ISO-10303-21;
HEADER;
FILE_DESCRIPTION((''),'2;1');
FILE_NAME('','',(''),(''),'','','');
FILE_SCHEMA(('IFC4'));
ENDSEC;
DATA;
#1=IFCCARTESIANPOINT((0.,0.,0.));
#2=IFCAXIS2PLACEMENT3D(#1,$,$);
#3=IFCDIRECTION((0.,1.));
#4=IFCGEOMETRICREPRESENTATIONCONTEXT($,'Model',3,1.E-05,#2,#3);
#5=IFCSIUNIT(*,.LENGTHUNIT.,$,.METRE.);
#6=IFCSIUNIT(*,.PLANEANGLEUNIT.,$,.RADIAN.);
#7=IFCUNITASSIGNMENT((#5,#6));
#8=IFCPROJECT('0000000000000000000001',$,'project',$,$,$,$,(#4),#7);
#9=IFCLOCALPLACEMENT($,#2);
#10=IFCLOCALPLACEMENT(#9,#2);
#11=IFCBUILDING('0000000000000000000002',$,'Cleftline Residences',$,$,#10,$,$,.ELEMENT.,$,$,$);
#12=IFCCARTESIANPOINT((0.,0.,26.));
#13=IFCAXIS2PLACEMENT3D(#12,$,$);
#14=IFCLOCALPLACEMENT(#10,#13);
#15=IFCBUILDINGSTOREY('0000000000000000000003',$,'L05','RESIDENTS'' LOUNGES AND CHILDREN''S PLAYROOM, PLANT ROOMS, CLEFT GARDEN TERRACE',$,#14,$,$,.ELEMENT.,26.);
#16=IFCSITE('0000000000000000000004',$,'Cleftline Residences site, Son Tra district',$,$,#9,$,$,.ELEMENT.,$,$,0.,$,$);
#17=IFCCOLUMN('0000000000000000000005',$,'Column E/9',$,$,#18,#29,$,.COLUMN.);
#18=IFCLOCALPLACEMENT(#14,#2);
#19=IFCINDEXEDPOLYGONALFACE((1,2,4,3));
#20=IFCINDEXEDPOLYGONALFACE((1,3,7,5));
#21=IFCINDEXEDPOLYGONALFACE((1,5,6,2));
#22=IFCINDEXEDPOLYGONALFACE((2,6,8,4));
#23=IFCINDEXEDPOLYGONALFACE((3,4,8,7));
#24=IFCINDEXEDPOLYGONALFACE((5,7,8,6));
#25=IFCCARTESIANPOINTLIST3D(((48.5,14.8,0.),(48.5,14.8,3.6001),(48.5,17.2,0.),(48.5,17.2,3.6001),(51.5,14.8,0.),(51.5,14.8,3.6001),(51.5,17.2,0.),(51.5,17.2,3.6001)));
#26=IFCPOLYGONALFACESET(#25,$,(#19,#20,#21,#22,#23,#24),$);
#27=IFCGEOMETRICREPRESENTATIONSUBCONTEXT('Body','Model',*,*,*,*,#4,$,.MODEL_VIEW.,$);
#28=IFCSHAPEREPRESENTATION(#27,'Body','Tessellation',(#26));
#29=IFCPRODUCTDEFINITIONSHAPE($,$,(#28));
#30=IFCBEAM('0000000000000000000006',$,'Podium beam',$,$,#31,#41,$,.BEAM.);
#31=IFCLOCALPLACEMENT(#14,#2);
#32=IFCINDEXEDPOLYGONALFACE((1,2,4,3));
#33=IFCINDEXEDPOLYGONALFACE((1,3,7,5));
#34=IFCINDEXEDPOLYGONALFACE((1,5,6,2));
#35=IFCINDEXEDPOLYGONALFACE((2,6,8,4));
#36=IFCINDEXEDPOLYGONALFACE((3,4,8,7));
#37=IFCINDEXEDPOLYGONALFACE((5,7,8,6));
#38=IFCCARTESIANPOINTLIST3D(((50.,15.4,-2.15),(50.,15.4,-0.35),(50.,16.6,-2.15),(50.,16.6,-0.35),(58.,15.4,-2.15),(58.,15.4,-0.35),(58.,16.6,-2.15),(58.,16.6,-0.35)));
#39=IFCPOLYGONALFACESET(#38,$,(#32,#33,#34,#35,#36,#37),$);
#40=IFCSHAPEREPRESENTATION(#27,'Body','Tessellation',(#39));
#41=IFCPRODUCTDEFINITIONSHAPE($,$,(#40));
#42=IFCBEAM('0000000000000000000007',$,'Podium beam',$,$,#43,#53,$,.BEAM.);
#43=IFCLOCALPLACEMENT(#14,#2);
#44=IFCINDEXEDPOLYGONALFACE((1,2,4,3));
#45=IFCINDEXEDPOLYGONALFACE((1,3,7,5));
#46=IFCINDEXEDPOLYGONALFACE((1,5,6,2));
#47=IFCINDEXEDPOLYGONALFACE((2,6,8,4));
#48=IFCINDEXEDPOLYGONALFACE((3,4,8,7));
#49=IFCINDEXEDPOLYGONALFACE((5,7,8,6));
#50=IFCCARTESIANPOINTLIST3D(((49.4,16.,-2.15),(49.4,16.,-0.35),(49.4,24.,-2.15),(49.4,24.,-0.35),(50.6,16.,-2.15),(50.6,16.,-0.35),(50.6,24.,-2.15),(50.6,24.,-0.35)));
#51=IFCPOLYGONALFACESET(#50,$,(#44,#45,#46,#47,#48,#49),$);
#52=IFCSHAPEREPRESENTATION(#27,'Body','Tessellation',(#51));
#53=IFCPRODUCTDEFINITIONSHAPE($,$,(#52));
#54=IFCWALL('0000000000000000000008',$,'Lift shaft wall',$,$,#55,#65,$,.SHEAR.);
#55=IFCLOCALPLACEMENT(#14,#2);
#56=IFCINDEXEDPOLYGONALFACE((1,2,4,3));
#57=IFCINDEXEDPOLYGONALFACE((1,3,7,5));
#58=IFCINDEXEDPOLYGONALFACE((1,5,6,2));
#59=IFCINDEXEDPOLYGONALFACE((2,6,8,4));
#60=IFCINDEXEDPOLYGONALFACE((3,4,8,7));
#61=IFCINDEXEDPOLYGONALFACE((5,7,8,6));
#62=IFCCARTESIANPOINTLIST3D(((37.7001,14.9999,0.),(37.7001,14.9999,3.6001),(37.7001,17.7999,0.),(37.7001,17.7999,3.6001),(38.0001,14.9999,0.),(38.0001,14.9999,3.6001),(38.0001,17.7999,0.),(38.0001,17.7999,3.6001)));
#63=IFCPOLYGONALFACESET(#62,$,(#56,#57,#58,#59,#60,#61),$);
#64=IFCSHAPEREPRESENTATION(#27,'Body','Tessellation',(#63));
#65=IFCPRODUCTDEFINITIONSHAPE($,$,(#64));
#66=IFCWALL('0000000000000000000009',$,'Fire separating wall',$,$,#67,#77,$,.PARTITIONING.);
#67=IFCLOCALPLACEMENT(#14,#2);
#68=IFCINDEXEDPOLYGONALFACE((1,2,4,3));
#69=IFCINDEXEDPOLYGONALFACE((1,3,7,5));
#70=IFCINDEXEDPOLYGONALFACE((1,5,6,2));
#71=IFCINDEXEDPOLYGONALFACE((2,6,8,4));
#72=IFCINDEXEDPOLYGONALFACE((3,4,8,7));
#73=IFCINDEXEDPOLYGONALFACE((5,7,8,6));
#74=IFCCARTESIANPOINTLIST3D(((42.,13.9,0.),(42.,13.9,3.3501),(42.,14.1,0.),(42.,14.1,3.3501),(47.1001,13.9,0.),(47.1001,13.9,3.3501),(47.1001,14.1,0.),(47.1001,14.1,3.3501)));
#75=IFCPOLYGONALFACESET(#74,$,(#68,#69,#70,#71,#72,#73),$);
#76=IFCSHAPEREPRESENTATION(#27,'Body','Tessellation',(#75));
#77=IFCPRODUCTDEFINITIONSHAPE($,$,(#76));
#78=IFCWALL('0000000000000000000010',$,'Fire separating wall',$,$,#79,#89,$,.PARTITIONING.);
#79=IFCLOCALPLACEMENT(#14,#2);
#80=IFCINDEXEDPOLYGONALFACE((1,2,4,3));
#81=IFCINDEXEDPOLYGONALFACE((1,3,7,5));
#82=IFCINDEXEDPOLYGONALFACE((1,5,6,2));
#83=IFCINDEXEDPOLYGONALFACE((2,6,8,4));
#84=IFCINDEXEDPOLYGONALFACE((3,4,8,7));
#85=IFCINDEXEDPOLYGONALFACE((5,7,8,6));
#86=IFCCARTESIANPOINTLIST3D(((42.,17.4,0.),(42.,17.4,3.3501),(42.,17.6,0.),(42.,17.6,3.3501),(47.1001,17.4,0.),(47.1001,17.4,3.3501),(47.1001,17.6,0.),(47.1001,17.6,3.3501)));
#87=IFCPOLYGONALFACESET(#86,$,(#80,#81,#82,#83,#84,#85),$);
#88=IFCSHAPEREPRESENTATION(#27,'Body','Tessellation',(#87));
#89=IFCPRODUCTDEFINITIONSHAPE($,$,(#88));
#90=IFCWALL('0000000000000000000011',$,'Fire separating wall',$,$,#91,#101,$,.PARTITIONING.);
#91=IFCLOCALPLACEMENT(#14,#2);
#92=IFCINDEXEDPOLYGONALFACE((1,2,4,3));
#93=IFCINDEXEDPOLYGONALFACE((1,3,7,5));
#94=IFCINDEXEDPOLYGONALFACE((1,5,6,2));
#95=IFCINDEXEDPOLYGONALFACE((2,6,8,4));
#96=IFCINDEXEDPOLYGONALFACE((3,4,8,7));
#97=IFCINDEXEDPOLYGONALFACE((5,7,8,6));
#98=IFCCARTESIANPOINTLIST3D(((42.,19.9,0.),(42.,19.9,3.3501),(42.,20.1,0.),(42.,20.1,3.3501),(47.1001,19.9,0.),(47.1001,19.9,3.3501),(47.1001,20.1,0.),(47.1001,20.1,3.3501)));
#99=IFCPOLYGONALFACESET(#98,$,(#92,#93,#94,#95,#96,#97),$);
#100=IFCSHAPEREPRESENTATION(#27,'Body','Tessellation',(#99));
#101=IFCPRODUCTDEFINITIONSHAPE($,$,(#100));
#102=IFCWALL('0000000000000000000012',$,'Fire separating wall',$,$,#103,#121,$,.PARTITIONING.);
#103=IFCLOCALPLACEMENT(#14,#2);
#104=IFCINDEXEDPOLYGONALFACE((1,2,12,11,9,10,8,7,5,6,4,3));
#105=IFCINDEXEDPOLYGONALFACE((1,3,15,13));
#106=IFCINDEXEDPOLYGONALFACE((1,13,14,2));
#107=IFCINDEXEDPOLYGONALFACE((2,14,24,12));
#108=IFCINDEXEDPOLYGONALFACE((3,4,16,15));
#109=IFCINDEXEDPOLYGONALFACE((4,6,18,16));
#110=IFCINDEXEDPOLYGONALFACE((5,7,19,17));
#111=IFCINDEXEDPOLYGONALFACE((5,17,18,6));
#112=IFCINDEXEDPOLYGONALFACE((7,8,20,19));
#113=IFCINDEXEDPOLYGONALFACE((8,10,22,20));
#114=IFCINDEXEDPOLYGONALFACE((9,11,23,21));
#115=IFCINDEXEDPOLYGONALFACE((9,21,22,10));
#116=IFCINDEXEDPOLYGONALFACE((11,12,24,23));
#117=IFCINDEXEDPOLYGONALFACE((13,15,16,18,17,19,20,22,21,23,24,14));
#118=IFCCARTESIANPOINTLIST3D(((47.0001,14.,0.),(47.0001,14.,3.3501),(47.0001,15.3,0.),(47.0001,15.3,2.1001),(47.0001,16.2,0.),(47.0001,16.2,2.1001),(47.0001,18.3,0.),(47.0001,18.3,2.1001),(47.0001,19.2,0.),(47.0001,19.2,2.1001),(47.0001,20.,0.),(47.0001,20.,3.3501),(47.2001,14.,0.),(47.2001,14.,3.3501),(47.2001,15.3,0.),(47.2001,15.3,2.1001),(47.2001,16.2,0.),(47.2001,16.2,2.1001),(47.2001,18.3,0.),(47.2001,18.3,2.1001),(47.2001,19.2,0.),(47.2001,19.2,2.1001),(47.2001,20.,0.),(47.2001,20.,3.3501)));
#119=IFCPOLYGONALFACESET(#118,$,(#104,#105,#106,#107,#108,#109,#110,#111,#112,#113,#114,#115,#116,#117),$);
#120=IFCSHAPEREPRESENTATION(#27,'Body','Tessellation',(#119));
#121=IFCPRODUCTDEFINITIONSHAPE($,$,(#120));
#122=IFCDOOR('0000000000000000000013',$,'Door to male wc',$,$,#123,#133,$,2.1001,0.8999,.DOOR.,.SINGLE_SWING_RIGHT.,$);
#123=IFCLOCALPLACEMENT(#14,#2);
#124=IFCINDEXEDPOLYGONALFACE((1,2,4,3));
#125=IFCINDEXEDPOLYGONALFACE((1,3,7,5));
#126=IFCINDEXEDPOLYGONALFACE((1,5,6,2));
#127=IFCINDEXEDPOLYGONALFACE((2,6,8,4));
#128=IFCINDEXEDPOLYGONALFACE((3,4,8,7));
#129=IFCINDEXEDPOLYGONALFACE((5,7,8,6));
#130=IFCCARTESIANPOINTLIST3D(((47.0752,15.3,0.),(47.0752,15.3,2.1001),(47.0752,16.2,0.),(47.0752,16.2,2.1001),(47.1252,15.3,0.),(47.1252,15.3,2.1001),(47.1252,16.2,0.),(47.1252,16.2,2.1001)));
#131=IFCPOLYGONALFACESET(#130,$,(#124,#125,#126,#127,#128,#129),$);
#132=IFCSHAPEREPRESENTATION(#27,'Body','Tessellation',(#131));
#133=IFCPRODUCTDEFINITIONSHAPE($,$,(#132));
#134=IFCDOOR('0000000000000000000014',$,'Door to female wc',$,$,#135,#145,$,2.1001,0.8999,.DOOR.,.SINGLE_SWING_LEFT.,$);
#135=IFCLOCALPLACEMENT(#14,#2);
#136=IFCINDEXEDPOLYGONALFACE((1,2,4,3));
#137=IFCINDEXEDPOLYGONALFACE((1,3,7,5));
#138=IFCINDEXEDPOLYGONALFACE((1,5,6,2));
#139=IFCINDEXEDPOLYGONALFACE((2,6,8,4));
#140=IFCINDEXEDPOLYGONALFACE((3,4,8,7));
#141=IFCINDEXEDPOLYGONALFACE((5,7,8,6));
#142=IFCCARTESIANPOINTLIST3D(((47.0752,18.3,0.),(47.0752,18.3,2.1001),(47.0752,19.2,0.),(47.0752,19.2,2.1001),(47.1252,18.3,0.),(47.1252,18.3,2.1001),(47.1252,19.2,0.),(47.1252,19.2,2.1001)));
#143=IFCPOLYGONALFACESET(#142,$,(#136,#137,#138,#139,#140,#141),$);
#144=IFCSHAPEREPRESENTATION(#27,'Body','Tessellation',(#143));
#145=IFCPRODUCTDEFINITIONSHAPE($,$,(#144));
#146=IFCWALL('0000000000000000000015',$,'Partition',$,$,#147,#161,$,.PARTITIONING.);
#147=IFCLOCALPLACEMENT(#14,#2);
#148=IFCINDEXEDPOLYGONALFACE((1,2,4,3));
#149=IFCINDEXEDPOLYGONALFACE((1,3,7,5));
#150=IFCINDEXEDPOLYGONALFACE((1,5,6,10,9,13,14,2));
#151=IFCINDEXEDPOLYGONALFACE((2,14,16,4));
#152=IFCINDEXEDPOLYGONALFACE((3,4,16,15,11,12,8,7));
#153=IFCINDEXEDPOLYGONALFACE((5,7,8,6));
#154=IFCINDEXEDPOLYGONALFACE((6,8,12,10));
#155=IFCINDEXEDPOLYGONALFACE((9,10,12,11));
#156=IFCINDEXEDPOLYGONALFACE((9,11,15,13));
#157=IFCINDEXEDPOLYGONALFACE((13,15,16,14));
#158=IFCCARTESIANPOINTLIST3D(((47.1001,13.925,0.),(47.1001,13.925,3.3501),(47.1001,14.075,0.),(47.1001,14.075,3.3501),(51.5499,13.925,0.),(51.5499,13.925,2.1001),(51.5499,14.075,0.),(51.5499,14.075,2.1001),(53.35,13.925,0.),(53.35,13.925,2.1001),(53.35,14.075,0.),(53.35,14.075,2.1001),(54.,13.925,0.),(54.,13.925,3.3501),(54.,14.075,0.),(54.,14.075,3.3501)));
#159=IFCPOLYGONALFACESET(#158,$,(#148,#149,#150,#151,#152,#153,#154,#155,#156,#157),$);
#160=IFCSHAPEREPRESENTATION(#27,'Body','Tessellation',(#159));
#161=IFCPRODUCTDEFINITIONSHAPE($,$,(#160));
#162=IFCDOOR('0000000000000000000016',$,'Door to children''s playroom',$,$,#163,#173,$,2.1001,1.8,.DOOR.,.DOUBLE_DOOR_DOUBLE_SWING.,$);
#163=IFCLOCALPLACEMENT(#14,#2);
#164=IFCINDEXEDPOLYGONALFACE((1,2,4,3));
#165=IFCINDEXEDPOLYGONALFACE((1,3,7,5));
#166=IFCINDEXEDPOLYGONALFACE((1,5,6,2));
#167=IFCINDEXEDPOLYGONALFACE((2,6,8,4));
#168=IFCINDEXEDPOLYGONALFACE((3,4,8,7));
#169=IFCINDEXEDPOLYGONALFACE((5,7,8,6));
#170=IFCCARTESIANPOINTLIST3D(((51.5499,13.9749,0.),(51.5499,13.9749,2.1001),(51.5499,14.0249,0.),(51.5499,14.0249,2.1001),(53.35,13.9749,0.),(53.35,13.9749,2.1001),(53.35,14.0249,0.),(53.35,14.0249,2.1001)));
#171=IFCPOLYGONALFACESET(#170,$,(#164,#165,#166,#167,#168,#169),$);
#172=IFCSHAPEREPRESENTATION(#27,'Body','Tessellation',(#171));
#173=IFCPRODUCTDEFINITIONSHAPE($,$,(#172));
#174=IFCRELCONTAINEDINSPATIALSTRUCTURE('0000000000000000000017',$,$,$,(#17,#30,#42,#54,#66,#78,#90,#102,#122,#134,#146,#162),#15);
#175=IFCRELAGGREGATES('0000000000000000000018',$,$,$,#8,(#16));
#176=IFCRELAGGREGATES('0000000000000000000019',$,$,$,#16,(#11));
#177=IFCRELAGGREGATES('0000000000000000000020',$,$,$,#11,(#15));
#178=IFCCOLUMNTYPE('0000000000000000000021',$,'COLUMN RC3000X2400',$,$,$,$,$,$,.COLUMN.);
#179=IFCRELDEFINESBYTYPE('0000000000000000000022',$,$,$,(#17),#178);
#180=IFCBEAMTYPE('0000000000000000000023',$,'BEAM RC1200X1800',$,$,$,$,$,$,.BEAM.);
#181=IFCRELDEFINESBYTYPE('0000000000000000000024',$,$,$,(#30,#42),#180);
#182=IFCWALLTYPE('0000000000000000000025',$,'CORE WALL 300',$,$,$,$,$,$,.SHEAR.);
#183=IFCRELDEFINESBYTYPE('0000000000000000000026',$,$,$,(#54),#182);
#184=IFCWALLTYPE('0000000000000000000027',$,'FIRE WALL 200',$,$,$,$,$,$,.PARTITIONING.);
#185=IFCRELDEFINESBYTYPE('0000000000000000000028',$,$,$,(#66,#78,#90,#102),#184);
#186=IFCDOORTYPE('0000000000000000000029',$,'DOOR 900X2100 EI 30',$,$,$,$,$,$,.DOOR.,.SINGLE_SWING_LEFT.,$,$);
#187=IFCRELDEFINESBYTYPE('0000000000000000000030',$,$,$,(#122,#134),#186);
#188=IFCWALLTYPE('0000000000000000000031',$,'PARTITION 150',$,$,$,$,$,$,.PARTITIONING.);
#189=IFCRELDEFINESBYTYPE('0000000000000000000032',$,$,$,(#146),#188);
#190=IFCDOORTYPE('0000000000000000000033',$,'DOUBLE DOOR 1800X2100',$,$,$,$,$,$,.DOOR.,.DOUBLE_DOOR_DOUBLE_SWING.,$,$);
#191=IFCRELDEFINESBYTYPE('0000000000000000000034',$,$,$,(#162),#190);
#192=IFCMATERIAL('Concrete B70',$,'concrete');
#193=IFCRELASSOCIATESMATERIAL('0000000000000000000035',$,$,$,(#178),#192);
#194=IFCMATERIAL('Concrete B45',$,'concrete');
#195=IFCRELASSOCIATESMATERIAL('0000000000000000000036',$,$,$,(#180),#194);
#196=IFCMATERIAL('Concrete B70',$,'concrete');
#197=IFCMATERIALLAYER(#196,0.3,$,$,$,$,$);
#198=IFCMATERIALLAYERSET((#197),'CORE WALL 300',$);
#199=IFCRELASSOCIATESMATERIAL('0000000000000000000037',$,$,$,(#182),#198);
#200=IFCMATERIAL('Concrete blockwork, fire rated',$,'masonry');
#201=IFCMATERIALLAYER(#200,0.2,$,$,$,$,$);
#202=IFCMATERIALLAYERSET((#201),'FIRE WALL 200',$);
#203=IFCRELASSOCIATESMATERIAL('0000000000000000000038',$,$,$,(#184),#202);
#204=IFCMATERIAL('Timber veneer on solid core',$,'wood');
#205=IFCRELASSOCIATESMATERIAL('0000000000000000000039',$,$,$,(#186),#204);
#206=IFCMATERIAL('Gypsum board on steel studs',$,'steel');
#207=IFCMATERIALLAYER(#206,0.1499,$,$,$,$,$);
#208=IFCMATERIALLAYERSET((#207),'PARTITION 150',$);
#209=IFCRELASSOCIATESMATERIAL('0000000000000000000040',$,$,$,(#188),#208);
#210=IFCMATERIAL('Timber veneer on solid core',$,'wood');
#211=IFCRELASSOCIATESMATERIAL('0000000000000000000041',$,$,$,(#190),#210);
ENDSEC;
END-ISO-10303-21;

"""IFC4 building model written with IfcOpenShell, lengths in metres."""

from ifc_helpers import new_model, si_unit, direction, frame, frame_2d, origin, origin_2d, place, context, subcontext, project, spatial, rectangle, extrude, material, layer, layer_set, material_profile, profile_set, type_object, element, fill, save


model = new_model("IFC4")

# Units and contexts
model_context = context("Model", 3, precision=1e-05, world=origin(), true_north=direction((0.0, 1.0)))
body_context = subcontext(model_context, "Body", "Model", "MODEL_VIEW")
ifc_project = project(units=[si_unit("LENGTHUNIT", "METRE"), si_unit("PLANEANGLEUNIT", "RADIAN")], contexts=[model_context])

# Site, building, storey
site_placement = place(None, origin())
site = spatial("IfcSite", under=ifc_project, at=site_placement, Name="Cleftline Residences site, Son Tra district", CompositionType="ELEMENT", RefElevation=0.0)
building_placement = place(site_placement, origin())
building = spatial("IfcBuilding", under=site, at=building_placement, Name="Cleftline Residences", CompositionType="ELEMENT")
storey_placement = place(building_placement, frame((0.0, 0.0, 26.0)))
storey = spatial("IfcBuildingStorey", under=building, at=storey_placement, Name="L05", Description="RESIDENTS' LOUNGES AND CHILDREN'S PLAYROOM, PLANT ROOMS, CLEFT GARDEN TERRACE", CompositionType="ELEMENT", Elevation=26.0)

# Column
ifc_material_1 = material(Name="Concrete B70", Category="concrete")
ifc_material_profile_1 = material_profile(ifc_material_1, rectangle(XDim=3.0, YDim=2.3999, at=origin_2d()))
ifc_profile_set_1 = profile_set([ifc_material_profile_1], Name="Concrete B70")
column_type = type_object("IfcColumnType", Name="COLUMN RC3000X2400", PredefinedType="COLUMN", material=ifc_profile_set_1)
column_placement = place(storey_placement, frame((50.0, 16.0, 0.0), z_axis=(0.0, 0.0, 1.0), x_axis=(1.0, 0.0, 0.0)))
element("IfcColumn", 1, at=column_placement, inside=storey, type_object=column_type, Name="Column E/9", PredefinedType="COLUMN", context=body_context, shape_type="SweptSolid", body=[
    extrude(rectangle(XDim=3.0, YDim=2.3999, at=origin_2d()), origin(), (0.0, 0.0, 1.0), 3.6001),
])

# Beams
ifc_material_2 = material(Name="Concrete B45", Category="concrete")
ifc_material_profile_2 = material_profile(ifc_material_2, rectangle(XDim=1.2, YDim=1.8, at=origin_2d()))
ifc_profile_set_2 = profile_set([ifc_material_profile_2], Name="Concrete B45")
beam_type = type_object("IfcBeamType", Name="BEAM RC1200X1800", PredefinedType="BEAM", material=ifc_profile_set_2)
for number, where, z_axis, x_axis, name in (
    (2, (50.0, 16.0, -1.25), (1.0, 0.0, 0.0), (0.0, 1.0, 0.0), "Podium beam"),
    (3, (50.0, 16.0, -1.25), (0.0, 1.0, 0.0), (-1.0, 0.0, 0.0), "Podium beam"),
):
    element("IfcBeam", number, at=place(storey_placement, frame(where, z_axis=z_axis, x_axis=x_axis)), inside=storey, type_object=beam_type, Name=name, PredefinedType="BEAM", context=body_context, shape_type="SweptSolid", body=[
        extrude(rectangle(XDim=1.2, YDim=1.8, at=origin_2d()), origin(), (0.0, 0.0, 1.0), 8.0),
    ])

# Walls
ifc_material_3 = material(Name="Concrete B70", Category="concrete")
ifc_layer_1 = layer(ifc_material_3, 0.3)
ifc_layer_set_1 = layer_set([ifc_layer_1], Name="CORE WALL 300")
wall_type_1 = type_object("IfcWallType", Name="CORE WALL 300", PredefinedType="SHEAR", material=ifc_layer_set_1)
wall_1_placement = place(storey_placement, frame((37.8501, 15.0, 0.0), z_axis=(0.0, 0.0, 1.0), x_axis=(0.0, 1.0, 0.0)))
element("IfcWall", 4, at=wall_1_placement, inside=storey, type_object=wall_type_1, Name="Lift shaft wall", PredefinedType="SHEAR", context=body_context, shape_type="SweptSolid", body=[
    extrude(rectangle(XDim=2.8, YDim=0.3, at=frame_2d((1.3999, 0.0))), origin(), (0.0, 0.0, 1.0), 3.6001),
])
ifc_material_4 = material(Name="Concrete blockwork, fire rated", Category="masonry")
ifc_layer_2 = layer(ifc_material_4, 0.2)
ifc_layer_set_2 = layer_set([ifc_layer_2], Name="FIRE WALL 200")
wall_type_2 = type_object("IfcWallType", Name="FIRE WALL 200", PredefinedType="PARTITIONING", material=ifc_layer_set_2)
for number, where, z_axis, x_axis, name in (
    (5, (42.0, 14.0, 0.0), (0.0, 0.0, 1.0), (1.0, 0.0, 0.0), "Fire separating wall"),
    (6, (42.0, 17.5, 0.0), (0.0, 0.0, 1.0), (1.0, 0.0, 0.0), "Fire separating wall"),
    (7, (42.0, 20.0, 0.0), (0.0, 0.0, 1.0), (1.0, 0.0, 0.0), "Fire separating wall"),
):
    element("IfcWall", number, at=place(storey_placement, frame(where, z_axis=z_axis, x_axis=x_axis)), inside=storey, type_object=wall_type_2, Name=name, PredefinedType="PARTITIONING", context=body_context, shape_type="SweptSolid", body=[
        extrude(rectangle(XDim=5.1001, YDim=0.2, at=frame_2d((2.55, 0.0))), origin(), (0.0, 0.0, 1.0), 3.3501),
    ])

# Wall, openings, doors
wall_2_placement = place(storey_placement, frame((47.1001, 14.0, 0.0), z_axis=(0.0, 0.0, 1.0), x_axis=(0.0, 1.0, 0.0)))
wall_2 = element("IfcWall", 8, at=wall_2_placement, inside=storey, type_object=wall_type_2, Name="Fire separating wall", PredefinedType="PARTITIONING", context=body_context, shape_type="SweptSolid", body=[
    extrude(rectangle(XDim=6.0, YDim=0.2, at=frame_2d((3.0, 0.0))), origin(), (0.0, 0.0, 1.0), 3.3501),
])
opening_1_placement = place(wall_2_placement, frame((1.3, 0.0, 0.0)))
opening_1 = element("IfcOpeningElement", 9, at=opening_1_placement, cuts=wall_2, PredefinedType="OPENING", context=body_context, shape_type="SweptSolid", body=[
    extrude(rectangle(XDim=0.8999, YDim=2.1001, at=frame_2d((0.45, 1.05))), frame((0.0, 0.1099, 0.0), z_axis=(0.0, -1.0, 0.0), x_axis=(1.0, 0.0, 0.0)), (0.0, 0.0, 1.0), 0.22),
])
opening_2_placement = place(wall_2_placement, frame((4.3, 0.0, 0.0)))
opening_2 = element("IfcOpeningElement", 10, at=opening_2_placement, cuts=wall_2, PredefinedType="OPENING", context=body_context, shape_type="SweptSolid", body=[
    extrude(rectangle(XDim=0.8999, YDim=2.1001, at=frame_2d((0.45, 1.05))), frame((0.0, 0.1099, 0.0), z_axis=(0.0, -1.0, 0.0), x_axis=(1.0, 0.0, 0.0)), (0.0, 0.0, 1.0), 0.22),
])
ifc_material_5 = material(Name="Timber veneer on solid core", Category="wood")
door_type_1 = type_object("IfcDoorType", Name="DOOR 900X2100 EI 30", OperationType="SINGLE_SWING_LEFT", PredefinedType="DOOR", material=ifc_material_5)
door_1_placement = place(opening_1_placement, origin())
door_1 = element("IfcDoor", 11, at=door_1_placement, inside=storey, type_object=door_type_1, Name="Door to male wc", OperationType="SINGLE_SWING_RIGHT", OverallHeight=2.1001, OverallWidth=0.8999, PredefinedType="DOOR", context=body_context, shape_type="SweptSolid", body=[
    extrude(rectangle(XDim=0.8999, YDim=2.1001, at=frame_2d((0.45, 1.05))), frame((0.0, 0.0249, 0.0), z_axis=(0.0, -1.0, 0.0), x_axis=(1.0, 0.0, 0.0)), (0.0, 0.0, 1.0), 0.05),
])
fill(opening_1, door_1)
door_2_placement = place(opening_2_placement, origin())
door_2 = element("IfcDoor", 12, at=door_2_placement, inside=storey, type_object=door_type_1, Name="Door to female wc", OperationType="SINGLE_SWING_LEFT", OverallHeight=2.1001, OverallWidth=0.8999, PredefinedType="DOOR", context=body_context, shape_type="SweptSolid", body=[
    extrude(rectangle(XDim=0.8999, YDim=2.1001, at=frame_2d((0.45, 1.05))), frame((0.0, 0.0249, 0.0), z_axis=(0.0, -1.0, 0.0), x_axis=(1.0, 0.0, 0.0)), (0.0, 0.0, 1.0), 0.05),
])
fill(opening_2, door_2)

# Wall, opening, door
ifc_material_6 = material(Name="Gypsum board on steel studs", Category="steel")
ifc_layer_3 = layer(ifc_material_6, 0.1499)
ifc_layer_set_3 = layer_set([ifc_layer_3], Name="PARTITION 150")
wall_type_3 = type_object("IfcWallType", Name="PARTITION 150", PredefinedType="PARTITIONING", material=ifc_layer_set_3)
wall_3_placement = place(storey_placement, frame((47.1001, 14.0, 0.0), z_axis=(0.0, 0.0, 1.0), x_axis=(1.0, 0.0, 0.0)))
wall_3 = element("IfcWall", 13, at=wall_3_placement, inside=storey, type_object=wall_type_3, Name="Partition", PredefinedType="PARTITIONING", context=body_context, shape_type="SweptSolid", body=[
    extrude(rectangle(XDim=6.8999, YDim=0.1499, at=frame_2d((3.45, 0.0))), origin(), (0.0, 0.0, 1.0), 3.3501),
])
opening_3_placement = place(wall_3_placement, frame((4.45, 0.0, 0.0)))
opening_3 = element("IfcOpeningElement", 14, at=opening_3_placement, cuts=wall_3, PredefinedType="OPENING", context=body_context, shape_type="SweptSolid", body=[
    extrude(rectangle(XDim=1.8, YDim=2.1001, at=frame_2d((0.8999, 1.05))), frame((0.0, 0.085, 0.0), z_axis=(0.0, -1.0, 0.0), x_axis=(1.0, 0.0, 0.0)), (0.0, 0.0, 1.0), 0.1699),
])
ifc_material_7 = material(Name="Timber veneer on solid core", Category="wood")
door_type_2 = type_object("IfcDoorType", Name="DOUBLE DOOR 1800X2100", OperationType="DOUBLE_DOOR_DOUBLE_SWING", PredefinedType="DOOR", material=ifc_material_7)
door_3_placement = place(opening_3_placement, origin())
door_3 = element("IfcDoor", 15, at=door_3_placement, inside=storey, type_object=door_type_2, Name="Door to children's playroom", OperationType="DOUBLE_DOOR_DOUBLE_SWING", OverallHeight=2.1001, OverallWidth=1.8, PredefinedType="DOOR", context=body_context, shape_type="SweptSolid", body=[
    extrude(rectangle(XDim=1.8, YDim=2.1001, at=frame_2d((0.8999, 1.05))), frame((0.0, 0.0249, 0.0), z_axis=(0.0, -1.0, 0.0), x_axis=(1.0, 0.0, 0.0)), (0.0, 0.0, 1.0), 0.05),
])
fill(opening_3, door_3)

save(model, "model.ifc")
